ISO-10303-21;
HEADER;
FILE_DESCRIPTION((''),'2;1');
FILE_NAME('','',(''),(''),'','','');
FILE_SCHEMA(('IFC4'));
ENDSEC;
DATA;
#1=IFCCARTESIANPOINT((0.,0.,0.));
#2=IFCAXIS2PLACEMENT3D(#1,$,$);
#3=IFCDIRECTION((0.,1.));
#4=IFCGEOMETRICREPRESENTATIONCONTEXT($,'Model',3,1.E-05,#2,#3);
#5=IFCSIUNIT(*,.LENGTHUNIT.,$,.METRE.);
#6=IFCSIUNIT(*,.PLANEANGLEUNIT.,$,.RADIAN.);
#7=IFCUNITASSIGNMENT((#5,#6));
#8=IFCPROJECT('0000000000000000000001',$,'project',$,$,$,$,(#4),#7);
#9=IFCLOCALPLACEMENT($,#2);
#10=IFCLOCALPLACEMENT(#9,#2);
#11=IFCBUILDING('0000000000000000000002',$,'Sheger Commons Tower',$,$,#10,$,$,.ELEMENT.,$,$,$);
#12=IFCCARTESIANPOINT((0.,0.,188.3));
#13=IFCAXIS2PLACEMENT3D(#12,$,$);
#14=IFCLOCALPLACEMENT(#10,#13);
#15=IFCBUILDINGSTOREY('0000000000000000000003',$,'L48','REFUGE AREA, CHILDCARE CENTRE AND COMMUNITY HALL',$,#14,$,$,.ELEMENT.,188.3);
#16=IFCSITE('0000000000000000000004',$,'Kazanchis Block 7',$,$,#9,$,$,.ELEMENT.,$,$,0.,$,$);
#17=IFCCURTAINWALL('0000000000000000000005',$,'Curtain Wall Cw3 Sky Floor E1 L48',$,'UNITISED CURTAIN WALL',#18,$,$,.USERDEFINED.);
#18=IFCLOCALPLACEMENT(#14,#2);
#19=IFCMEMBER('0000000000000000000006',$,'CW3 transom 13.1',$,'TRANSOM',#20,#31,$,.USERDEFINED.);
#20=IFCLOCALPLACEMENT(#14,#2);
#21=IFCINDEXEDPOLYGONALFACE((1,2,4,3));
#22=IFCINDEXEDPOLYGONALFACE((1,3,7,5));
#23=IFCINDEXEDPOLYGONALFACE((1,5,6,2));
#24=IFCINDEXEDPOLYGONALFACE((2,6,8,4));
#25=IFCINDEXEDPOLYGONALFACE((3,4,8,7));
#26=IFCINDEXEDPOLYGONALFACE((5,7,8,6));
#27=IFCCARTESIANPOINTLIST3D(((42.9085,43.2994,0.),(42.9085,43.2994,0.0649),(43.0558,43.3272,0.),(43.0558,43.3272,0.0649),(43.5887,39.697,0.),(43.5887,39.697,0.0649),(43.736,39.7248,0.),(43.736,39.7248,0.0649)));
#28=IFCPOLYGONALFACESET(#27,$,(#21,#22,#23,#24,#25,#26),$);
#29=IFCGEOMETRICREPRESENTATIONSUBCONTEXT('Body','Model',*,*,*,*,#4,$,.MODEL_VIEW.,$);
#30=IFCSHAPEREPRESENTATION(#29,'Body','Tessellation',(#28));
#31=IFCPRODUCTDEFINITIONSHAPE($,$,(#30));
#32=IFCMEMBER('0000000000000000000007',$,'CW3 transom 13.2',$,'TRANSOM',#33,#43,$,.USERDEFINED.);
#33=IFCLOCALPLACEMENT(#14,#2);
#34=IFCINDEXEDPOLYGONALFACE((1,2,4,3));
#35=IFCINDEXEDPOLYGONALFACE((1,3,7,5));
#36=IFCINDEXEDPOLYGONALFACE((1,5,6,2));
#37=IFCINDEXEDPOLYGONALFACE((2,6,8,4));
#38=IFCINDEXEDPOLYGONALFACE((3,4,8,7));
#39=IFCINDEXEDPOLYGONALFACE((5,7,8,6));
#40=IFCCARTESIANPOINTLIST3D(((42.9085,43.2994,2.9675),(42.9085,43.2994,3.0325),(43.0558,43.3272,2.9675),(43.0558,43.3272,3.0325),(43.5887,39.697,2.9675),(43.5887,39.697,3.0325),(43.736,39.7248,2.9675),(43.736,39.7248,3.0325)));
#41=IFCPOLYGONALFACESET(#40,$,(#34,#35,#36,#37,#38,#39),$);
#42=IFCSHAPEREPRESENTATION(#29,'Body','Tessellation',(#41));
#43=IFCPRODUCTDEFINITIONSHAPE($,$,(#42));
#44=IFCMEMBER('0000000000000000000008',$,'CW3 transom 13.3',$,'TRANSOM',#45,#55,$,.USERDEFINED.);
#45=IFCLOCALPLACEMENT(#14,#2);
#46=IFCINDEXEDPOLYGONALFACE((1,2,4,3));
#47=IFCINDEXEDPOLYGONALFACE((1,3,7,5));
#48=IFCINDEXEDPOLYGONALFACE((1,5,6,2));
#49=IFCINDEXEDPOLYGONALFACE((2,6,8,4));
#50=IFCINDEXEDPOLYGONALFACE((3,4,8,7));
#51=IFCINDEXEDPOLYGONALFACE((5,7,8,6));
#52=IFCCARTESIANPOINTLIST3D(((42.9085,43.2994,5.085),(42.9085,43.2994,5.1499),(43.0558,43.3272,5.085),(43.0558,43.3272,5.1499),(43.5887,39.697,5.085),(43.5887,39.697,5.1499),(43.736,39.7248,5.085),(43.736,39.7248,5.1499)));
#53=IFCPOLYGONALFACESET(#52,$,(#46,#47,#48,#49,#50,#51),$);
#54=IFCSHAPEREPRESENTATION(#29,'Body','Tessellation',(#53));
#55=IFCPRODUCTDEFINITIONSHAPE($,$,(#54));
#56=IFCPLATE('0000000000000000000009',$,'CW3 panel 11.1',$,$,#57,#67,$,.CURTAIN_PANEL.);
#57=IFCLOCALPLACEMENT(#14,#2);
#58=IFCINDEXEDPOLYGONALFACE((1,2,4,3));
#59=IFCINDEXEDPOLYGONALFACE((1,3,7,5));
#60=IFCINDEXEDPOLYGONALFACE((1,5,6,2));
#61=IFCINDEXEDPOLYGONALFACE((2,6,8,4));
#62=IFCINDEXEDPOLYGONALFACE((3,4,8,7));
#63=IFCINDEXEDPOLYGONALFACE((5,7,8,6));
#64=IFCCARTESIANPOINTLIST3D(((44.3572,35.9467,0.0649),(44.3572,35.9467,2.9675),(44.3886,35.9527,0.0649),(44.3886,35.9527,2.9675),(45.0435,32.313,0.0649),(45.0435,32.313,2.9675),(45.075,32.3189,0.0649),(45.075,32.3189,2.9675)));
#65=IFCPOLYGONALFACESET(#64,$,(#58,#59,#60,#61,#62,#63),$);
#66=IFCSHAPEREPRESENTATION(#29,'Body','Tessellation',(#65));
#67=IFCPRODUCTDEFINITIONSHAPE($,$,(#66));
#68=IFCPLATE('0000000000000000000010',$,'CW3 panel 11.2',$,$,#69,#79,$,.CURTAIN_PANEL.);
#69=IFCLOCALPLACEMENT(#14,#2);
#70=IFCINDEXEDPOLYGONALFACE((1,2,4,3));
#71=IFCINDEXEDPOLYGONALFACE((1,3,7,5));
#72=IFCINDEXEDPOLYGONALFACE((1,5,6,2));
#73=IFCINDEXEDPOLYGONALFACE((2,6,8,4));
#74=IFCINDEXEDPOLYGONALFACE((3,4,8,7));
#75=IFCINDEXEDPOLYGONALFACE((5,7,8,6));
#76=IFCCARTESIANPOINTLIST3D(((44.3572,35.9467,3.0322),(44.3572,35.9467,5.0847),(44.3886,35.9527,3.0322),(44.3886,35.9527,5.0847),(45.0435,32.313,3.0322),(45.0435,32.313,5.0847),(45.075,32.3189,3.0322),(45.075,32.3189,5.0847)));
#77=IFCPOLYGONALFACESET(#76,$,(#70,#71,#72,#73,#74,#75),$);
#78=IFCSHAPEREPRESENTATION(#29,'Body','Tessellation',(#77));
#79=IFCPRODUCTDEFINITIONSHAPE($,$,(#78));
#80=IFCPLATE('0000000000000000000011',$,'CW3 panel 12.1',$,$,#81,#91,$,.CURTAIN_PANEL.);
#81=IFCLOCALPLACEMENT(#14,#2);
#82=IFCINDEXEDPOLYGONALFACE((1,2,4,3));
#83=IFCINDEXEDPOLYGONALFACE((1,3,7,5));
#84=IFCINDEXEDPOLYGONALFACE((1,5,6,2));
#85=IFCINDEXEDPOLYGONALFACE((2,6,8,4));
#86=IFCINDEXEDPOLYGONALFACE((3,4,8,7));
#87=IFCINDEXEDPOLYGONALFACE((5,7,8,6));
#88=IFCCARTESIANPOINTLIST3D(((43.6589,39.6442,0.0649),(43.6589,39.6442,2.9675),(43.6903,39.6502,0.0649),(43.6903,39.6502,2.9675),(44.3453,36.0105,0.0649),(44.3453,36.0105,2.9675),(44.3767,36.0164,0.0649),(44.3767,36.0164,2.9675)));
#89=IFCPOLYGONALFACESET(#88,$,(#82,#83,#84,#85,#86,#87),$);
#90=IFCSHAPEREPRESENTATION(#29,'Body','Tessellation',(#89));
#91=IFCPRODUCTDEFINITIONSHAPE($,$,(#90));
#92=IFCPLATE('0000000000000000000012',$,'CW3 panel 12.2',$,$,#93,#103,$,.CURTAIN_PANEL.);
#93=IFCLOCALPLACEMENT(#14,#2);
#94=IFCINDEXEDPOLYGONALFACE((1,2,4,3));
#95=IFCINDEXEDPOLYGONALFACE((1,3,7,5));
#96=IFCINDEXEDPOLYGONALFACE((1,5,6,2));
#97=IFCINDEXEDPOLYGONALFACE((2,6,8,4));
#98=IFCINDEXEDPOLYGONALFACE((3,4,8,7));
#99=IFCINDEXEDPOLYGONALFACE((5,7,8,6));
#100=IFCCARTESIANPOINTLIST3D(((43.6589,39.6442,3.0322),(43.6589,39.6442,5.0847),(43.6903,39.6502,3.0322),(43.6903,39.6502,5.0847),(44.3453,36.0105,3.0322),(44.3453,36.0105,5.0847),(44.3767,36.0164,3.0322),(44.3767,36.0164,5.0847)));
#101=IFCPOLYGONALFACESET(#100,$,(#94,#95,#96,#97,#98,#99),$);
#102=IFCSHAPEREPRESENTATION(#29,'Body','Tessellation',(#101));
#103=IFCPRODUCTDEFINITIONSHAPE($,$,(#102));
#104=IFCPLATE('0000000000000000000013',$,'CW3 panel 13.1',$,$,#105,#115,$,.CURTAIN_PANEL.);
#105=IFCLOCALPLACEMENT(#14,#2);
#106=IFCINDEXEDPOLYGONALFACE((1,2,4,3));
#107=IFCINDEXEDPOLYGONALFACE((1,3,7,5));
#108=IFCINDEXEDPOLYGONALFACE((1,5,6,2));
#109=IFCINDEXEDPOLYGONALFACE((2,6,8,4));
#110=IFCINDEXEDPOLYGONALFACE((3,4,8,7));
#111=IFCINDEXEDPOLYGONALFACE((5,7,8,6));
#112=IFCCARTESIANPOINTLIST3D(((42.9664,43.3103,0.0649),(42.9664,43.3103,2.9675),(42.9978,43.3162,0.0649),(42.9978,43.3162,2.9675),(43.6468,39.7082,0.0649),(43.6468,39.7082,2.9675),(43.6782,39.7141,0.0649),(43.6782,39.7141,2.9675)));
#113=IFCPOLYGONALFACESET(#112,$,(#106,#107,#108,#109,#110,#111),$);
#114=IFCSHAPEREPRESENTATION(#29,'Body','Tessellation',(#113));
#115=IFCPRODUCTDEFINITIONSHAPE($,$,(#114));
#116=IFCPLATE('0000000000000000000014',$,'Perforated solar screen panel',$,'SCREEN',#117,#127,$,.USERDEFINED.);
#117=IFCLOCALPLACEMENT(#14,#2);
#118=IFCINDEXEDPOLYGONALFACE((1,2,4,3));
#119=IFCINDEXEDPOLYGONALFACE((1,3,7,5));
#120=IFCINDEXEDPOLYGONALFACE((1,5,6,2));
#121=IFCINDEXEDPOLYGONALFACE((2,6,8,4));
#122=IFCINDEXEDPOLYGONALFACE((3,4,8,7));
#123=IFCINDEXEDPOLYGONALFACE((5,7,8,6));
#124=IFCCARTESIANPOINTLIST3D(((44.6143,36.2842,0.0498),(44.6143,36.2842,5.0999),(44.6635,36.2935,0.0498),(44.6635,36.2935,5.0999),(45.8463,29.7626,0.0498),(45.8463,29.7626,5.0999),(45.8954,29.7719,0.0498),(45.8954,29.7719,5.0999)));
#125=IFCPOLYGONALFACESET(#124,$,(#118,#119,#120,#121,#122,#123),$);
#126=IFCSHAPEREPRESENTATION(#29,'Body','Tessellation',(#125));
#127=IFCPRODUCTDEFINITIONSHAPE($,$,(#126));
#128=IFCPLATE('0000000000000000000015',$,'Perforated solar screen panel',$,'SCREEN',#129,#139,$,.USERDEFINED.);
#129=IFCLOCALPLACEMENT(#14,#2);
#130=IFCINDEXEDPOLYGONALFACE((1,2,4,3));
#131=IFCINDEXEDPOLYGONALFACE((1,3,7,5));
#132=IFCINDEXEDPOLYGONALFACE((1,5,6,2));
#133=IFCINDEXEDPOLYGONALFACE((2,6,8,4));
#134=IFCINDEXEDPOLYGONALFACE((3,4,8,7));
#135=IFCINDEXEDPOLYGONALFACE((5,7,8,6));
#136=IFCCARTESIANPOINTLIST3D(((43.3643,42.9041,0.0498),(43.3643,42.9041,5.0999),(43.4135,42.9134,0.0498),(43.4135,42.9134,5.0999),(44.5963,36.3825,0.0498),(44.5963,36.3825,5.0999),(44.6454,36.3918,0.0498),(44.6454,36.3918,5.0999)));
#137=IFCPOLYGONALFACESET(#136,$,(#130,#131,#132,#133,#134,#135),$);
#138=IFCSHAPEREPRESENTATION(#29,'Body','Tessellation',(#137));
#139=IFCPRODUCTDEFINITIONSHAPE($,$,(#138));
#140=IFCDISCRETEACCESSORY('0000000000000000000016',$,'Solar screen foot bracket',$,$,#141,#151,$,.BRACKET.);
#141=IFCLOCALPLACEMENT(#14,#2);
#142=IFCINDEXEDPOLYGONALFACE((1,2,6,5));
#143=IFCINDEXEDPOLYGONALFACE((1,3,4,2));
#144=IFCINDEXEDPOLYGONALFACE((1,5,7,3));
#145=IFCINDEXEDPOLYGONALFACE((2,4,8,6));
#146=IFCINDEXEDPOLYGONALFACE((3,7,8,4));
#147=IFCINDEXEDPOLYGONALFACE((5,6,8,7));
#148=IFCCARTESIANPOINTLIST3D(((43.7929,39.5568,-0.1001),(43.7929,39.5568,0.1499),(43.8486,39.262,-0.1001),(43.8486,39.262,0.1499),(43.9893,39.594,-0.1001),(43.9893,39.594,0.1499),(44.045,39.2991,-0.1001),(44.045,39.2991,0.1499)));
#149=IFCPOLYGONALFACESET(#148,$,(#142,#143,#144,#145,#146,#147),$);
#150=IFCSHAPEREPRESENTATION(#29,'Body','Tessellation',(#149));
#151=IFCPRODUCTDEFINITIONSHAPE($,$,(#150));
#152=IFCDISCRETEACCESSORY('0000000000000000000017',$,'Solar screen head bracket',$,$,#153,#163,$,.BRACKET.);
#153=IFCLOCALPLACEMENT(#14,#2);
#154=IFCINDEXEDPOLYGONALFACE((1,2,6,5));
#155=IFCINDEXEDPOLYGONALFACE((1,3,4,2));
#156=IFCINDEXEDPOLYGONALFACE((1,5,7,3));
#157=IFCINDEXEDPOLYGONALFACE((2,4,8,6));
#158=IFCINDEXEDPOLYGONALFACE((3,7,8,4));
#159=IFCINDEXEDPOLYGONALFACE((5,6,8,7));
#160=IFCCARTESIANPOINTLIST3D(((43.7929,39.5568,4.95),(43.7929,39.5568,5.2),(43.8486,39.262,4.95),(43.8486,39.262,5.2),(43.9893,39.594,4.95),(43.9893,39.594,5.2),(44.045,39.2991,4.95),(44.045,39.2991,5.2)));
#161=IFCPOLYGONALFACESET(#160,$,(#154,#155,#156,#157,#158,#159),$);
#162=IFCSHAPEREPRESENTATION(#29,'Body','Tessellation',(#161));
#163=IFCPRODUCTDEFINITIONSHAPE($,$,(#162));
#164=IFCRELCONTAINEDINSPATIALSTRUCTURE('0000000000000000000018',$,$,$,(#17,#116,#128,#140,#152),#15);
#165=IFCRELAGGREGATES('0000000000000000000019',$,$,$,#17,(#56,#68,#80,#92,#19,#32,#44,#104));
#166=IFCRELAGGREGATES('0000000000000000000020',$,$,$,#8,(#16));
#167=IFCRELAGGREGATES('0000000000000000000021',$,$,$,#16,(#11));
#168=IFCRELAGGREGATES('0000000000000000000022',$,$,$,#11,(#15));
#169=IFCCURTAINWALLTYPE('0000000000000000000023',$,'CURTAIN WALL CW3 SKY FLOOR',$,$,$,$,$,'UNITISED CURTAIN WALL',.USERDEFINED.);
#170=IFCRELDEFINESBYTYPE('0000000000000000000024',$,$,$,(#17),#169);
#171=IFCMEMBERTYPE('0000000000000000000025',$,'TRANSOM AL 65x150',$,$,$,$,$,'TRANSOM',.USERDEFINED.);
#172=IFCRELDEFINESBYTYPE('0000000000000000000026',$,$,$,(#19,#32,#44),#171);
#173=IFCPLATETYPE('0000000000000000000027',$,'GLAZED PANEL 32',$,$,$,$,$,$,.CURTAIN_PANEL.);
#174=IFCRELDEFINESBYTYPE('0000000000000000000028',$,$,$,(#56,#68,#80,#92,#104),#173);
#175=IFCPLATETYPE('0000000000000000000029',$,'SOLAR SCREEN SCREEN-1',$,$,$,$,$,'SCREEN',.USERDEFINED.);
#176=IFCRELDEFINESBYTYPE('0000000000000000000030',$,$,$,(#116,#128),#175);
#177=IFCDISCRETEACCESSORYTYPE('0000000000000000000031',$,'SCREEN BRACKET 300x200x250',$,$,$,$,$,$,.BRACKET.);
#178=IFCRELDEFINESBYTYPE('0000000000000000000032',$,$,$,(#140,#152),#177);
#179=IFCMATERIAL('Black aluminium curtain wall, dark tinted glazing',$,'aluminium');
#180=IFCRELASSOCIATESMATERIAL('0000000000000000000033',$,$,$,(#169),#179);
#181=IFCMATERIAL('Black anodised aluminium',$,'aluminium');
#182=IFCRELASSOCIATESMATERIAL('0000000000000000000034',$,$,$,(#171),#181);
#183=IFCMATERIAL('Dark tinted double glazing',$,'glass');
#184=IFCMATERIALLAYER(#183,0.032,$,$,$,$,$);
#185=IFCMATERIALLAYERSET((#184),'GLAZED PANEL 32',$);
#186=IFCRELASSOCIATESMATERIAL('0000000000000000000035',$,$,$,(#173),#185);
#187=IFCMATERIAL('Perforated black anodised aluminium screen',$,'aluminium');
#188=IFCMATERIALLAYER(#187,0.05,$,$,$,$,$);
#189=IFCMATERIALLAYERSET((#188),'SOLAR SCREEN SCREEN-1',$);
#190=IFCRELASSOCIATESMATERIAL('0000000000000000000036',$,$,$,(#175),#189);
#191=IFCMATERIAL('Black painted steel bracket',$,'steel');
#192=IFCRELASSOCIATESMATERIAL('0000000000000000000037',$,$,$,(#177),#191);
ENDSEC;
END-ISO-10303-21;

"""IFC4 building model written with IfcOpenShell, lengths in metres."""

from ifc_helpers import new_model, si_unit, direction, frame, origin, origin_2d, place, context, subcontext, project, spatial, rectangle, extrude, material, layer, layer_set, material_profile, profile_set, type_object, element, aggregate, save


model = new_model("IFC4")

# Units and contexts
model_context = context("Model", 3, precision=1e-05, world=origin(), true_north=direction((0.0, 1.0)))
body_context = subcontext(model_context, "Body", "Model", "MODEL_VIEW")
ifc_project = project(units=[si_unit("LENGTHUNIT", "METRE"), si_unit("PLANEANGLEUNIT", "RADIAN")], contexts=[model_context])

# Site, building, storey
site_placement = place(None, origin())
site = spatial("IfcSite", under=ifc_project, at=site_placement, Name="Kazanchis Block 7", CompositionType="ELEMENT", RefElevation=0.0)
building_placement = place(site_placement, origin())
building = spatial("IfcBuilding", under=site, at=building_placement, Name="Sheger Commons Tower", CompositionType="ELEMENT")
storey_placement = place(building_placement, frame((0.0, 0.0, 188.3)))
storey = spatial("IfcBuildingStorey", under=building, at=storey_placement, Name="L48", Description="REFUGE AREA, CHILDCARE CENTRE AND COMMUNITY HALL", CompositionType="ELEMENT", Elevation=188.3)

# Curtain wall
ifc_material_1 = material(Name="Black aluminium curtain wall, dark tinted glazing", Category="aluminium")
curtain_wall_type = type_object("IfcCurtainWallType", Name="CURTAIN WALL CW3 SKY FLOOR", ElementType="UNITISED CURTAIN WALL", PredefinedType="USERDEFINED", material=ifc_material_1)
curtain_wall_placement = place(storey_placement, origin())
curtain_wall = element("IfcCurtainWall", 1, at=curtain_wall_placement, inside=storey, type_object=curtain_wall_type, Name="Curtain Wall Cw3 Sky Floor E1 L48", ObjectType="UNITISED CURTAIN WALL", PredefinedType="USERDEFINED")

# Members
ifc_material_2 = material(Name="Black anodised aluminium", Category="aluminium")
ifc_material_profile_1 = material_profile(ifc_material_2, rectangle(XDim=0.1499, YDim=0.0649, at=origin_2d()), Name="AL 65x150")
ifc_profile_set_1 = profile_set([ifc_material_profile_1], Name="Black anodised aluminium")
member_type_1 = type_object("IfcMemberType", Name="TRANSOM AL 65x150", ElementType="TRANSOM", PredefinedType="USERDEFINED", material=ifc_profile_set_1)
member_1_placement = place(storey_placement, frame((43.6624, 39.7109, 0.0325), z_axis=(-0.185539, 0.982637, 0.0), x_axis=(-0.982637, -0.185539, 0.0)))
member_1 = element("IfcMember", 2, at=member_1_placement, type_object=member_type_1, Name="CW3 transom 13.1", ObjectType="TRANSOM", PredefinedType="USERDEFINED", context=body_context, shape_type="SweptSolid", body=[
    extrude(rectangle(XDim=0.1499, YDim=0.0649, at=origin_2d()), origin(), (0.0, 0.0, 1.0), 3.666),
])
member_2_placement = place(storey_placement, frame((43.6624, 39.7109, 3.0), z_axis=(-0.185539, 0.982637, 0.0), x_axis=(-0.982637, -0.185539, 0.0)))
member_2 = element("IfcMember", 3, at=member_2_placement, type_object=member_type_1, Name="CW3 transom 13.2", ObjectType="TRANSOM", PredefinedType="USERDEFINED", context=body_context, shape_type="SweptSolid", body=[
    extrude(rectangle(XDim=0.1499, YDim=0.0649, at=origin_2d()), origin(), (0.0, 0.0, 1.0), 3.666),
])
member_3_placement = place(storey_placement, frame((43.6624, 39.7109, 5.1174), z_axis=(-0.185539, 0.982637, 0.0), x_axis=(-0.982637, -0.185539, 0.0)))
member_3 = element("IfcMember", 4, at=member_3_placement, type_object=member_type_1, Name="CW3 transom 13.3", ObjectType="TRANSOM", PredefinedType="USERDEFINED", context=body_context, shape_type="SweptSolid", body=[
    extrude(rectangle(XDim=0.1499, YDim=0.0649, at=origin_2d()), origin(), (0.0, 0.0, 1.0), 3.666),
])

# Plates
ifc_material_3 = material(Name="Dark tinted double glazing", Category="glass")
ifc_layer_1 = layer(ifc_material_3, 0.032)
ifc_layer_set_1 = layer_set([ifc_layer_1], Name="GLAZED PANEL 32")
plate_type_1 = type_object("IfcPlateType", Name="GLAZED PANEL 32", PredefinedType="CURTAIN_PANEL", material=ifc_layer_set_1)
plate_1_placement = place(storey_placement, frame((44.7161, 34.1328, 0.0649), z_axis=(0.0, 0.0, 1.0), x_axis=(-0.18561, 0.982624, 0.0)))
plate_1 = element("IfcPlate", 5, at=plate_1_placement, type_object=plate_type_1, Name="CW3 panel 11.1", PredefinedType="CURTAIN_PANEL", context=body_context, shape_type="SweptSolid", body=[
    extrude(rectangle(XDim=3.698, YDim=0.032, at=origin_2d()), origin(), (0.0, 0.0, 1.0), 2.9026),
])
plate_2_placement = place(storey_placement, frame((44.7161, 34.1328, 3.0322), z_axis=(0.0, 0.0, 1.0), x_axis=(-0.18561, 0.982624, 0.0)))
plate_2 = element("IfcPlate", 6, at=plate_2_placement, type_object=plate_type_1, Name="CW3 panel 11.2", PredefinedType="CURTAIN_PANEL", context=body_context, shape_type="SweptSolid", body=[
    extrude(rectangle(XDim=3.698, YDim=0.032, at=origin_2d()), origin(), (0.0, 0.0, 1.0), 2.0525),
])
plate_3_placement = place(storey_placement, frame((44.0178, 37.8303, 0.0649), z_axis=(0.0, 0.0, 1.0), x_axis=(-0.18561, 0.982624, 0.0)))
plate_3 = element("IfcPlate", 7, at=plate_3_placement, type_object=plate_type_1, Name="CW3 panel 12.1", PredefinedType="CURTAIN_PANEL", context=body_context, shape_type="SweptSolid", body=[
    extrude(rectangle(XDim=3.698, YDim=0.032, at=origin_2d()), origin(), (0.0, 0.0, 1.0), 2.9026),
])
plate_4_placement = place(storey_placement, frame((44.0178, 37.8303, 3.0322), z_axis=(0.0, 0.0, 1.0), x_axis=(-0.18561, 0.982624, 0.0)))
plate_4 = element("IfcPlate", 8, at=plate_4_placement, type_object=plate_type_1, Name="CW3 panel 12.2", PredefinedType="CURTAIN_PANEL", context=body_context, shape_type="SweptSolid", body=[
    extrude(rectangle(XDim=3.698, YDim=0.032, at=origin_2d()), origin(), (0.0, 0.0, 1.0), 2.0525),
])
plate_5_placement = place(storey_placement, frame((43.3223, 41.5122, 0.0649), z_axis=(0.0, 0.0, 1.0), x_axis=(-0.18561, 0.982624, 0.0)))
plate_5 = element("IfcPlate", 9, at=plate_5_placement, type_object=plate_type_1, Name="CW3 panel 13.1", PredefinedType="CURTAIN_PANEL", context=body_context, shape_type="SweptSolid", body=[
    extrude(rectangle(XDim=3.6658, YDim=0.032, at=origin_2d()), origin(), (0.0, 0.0, 1.0), 2.9026),
])
aggregate(curtain_wall, [plate_1, plate_2, plate_3, plate_4, member_1, member_2, member_3, plate_5])

# Plates
ifc_material_4 = material(Name="Perforated black anodised aluminium screen", Category="aluminium")
ifc_layer_2 = layer(ifc_material_4, 0.05)
ifc_layer_set_2 = layer_set([ifc_layer_2], Name="SOLAR SCREEN SCREEN-1")
plate_type_2 = type_object("IfcPlateType", Name="SOLAR SCREEN SCREEN-1", ElementType="SCREEN", PredefinedType="USERDEFINED", material=ifc_layer_set_2)
for number, where, z_axis, x_axis, name in (
    (10, (45.2549, 33.0281, 0.0498), (0.0, 0.0, 1.0), (-0.185615, 0.982623, 0.0), "Perforated solar screen panel"),
    (11, (44.0049, 39.6479, 0.0498), (0.0, 0.0, 1.0), (-0.185615, 0.982623, 0.0), "Perforated solar screen panel"),
):
    element("IfcPlate", number, at=place(storey_placement, frame(where, z_axis=z_axis, x_axis=x_axis)), inside=storey, type_object=plate_type_2, Name=name, ObjectType="SCREEN", PredefinedType="USERDEFINED", context=body_context, shape_type="SweptSolid", body=[
        extrude(rectangle(XDim=6.637, YDim=0.05, at=origin_2d()), origin(), (0.0, 0.0, 1.0), 5.05),
    ])

# Discrete accessories
ifc_material_5 = material(Name="Black painted steel bracket", Category="steel")
discrete_accessory_type = type_object("IfcDiscreteAccessoryType", Name="SCREEN BRACKET 300x200x250", PredefinedType="BRACKET", material=ifc_material_5)
for number, where, z_axis, x_axis, name in (
    (12, (43.9189, 39.428, -0.1001), (0.0, 0.0, 1.0), (-0.185615, 0.982623, 0.0), "Solar screen foot bracket"),
    (13, (43.9189, 39.428, 4.95), (0.0, 0.0, 1.0), (-0.185615, 0.982623, 0.0), "Solar screen head bracket"),
):
    element("IfcDiscreteAccessory", number, at=place(storey_placement, frame(where, z_axis=z_axis, x_axis=x_axis)), inside=storey, type_object=discrete_accessory_type, Name=name, PredefinedType="BRACKET", context=body_context, shape_type="SweptSolid", body=[
        extrude(rectangle(XDim=0.3, YDim=0.2, at=origin_2d()), origin(), (0.0, 0.0, 1.0), 0.25),
    ])

save(model, "model.ifc")
